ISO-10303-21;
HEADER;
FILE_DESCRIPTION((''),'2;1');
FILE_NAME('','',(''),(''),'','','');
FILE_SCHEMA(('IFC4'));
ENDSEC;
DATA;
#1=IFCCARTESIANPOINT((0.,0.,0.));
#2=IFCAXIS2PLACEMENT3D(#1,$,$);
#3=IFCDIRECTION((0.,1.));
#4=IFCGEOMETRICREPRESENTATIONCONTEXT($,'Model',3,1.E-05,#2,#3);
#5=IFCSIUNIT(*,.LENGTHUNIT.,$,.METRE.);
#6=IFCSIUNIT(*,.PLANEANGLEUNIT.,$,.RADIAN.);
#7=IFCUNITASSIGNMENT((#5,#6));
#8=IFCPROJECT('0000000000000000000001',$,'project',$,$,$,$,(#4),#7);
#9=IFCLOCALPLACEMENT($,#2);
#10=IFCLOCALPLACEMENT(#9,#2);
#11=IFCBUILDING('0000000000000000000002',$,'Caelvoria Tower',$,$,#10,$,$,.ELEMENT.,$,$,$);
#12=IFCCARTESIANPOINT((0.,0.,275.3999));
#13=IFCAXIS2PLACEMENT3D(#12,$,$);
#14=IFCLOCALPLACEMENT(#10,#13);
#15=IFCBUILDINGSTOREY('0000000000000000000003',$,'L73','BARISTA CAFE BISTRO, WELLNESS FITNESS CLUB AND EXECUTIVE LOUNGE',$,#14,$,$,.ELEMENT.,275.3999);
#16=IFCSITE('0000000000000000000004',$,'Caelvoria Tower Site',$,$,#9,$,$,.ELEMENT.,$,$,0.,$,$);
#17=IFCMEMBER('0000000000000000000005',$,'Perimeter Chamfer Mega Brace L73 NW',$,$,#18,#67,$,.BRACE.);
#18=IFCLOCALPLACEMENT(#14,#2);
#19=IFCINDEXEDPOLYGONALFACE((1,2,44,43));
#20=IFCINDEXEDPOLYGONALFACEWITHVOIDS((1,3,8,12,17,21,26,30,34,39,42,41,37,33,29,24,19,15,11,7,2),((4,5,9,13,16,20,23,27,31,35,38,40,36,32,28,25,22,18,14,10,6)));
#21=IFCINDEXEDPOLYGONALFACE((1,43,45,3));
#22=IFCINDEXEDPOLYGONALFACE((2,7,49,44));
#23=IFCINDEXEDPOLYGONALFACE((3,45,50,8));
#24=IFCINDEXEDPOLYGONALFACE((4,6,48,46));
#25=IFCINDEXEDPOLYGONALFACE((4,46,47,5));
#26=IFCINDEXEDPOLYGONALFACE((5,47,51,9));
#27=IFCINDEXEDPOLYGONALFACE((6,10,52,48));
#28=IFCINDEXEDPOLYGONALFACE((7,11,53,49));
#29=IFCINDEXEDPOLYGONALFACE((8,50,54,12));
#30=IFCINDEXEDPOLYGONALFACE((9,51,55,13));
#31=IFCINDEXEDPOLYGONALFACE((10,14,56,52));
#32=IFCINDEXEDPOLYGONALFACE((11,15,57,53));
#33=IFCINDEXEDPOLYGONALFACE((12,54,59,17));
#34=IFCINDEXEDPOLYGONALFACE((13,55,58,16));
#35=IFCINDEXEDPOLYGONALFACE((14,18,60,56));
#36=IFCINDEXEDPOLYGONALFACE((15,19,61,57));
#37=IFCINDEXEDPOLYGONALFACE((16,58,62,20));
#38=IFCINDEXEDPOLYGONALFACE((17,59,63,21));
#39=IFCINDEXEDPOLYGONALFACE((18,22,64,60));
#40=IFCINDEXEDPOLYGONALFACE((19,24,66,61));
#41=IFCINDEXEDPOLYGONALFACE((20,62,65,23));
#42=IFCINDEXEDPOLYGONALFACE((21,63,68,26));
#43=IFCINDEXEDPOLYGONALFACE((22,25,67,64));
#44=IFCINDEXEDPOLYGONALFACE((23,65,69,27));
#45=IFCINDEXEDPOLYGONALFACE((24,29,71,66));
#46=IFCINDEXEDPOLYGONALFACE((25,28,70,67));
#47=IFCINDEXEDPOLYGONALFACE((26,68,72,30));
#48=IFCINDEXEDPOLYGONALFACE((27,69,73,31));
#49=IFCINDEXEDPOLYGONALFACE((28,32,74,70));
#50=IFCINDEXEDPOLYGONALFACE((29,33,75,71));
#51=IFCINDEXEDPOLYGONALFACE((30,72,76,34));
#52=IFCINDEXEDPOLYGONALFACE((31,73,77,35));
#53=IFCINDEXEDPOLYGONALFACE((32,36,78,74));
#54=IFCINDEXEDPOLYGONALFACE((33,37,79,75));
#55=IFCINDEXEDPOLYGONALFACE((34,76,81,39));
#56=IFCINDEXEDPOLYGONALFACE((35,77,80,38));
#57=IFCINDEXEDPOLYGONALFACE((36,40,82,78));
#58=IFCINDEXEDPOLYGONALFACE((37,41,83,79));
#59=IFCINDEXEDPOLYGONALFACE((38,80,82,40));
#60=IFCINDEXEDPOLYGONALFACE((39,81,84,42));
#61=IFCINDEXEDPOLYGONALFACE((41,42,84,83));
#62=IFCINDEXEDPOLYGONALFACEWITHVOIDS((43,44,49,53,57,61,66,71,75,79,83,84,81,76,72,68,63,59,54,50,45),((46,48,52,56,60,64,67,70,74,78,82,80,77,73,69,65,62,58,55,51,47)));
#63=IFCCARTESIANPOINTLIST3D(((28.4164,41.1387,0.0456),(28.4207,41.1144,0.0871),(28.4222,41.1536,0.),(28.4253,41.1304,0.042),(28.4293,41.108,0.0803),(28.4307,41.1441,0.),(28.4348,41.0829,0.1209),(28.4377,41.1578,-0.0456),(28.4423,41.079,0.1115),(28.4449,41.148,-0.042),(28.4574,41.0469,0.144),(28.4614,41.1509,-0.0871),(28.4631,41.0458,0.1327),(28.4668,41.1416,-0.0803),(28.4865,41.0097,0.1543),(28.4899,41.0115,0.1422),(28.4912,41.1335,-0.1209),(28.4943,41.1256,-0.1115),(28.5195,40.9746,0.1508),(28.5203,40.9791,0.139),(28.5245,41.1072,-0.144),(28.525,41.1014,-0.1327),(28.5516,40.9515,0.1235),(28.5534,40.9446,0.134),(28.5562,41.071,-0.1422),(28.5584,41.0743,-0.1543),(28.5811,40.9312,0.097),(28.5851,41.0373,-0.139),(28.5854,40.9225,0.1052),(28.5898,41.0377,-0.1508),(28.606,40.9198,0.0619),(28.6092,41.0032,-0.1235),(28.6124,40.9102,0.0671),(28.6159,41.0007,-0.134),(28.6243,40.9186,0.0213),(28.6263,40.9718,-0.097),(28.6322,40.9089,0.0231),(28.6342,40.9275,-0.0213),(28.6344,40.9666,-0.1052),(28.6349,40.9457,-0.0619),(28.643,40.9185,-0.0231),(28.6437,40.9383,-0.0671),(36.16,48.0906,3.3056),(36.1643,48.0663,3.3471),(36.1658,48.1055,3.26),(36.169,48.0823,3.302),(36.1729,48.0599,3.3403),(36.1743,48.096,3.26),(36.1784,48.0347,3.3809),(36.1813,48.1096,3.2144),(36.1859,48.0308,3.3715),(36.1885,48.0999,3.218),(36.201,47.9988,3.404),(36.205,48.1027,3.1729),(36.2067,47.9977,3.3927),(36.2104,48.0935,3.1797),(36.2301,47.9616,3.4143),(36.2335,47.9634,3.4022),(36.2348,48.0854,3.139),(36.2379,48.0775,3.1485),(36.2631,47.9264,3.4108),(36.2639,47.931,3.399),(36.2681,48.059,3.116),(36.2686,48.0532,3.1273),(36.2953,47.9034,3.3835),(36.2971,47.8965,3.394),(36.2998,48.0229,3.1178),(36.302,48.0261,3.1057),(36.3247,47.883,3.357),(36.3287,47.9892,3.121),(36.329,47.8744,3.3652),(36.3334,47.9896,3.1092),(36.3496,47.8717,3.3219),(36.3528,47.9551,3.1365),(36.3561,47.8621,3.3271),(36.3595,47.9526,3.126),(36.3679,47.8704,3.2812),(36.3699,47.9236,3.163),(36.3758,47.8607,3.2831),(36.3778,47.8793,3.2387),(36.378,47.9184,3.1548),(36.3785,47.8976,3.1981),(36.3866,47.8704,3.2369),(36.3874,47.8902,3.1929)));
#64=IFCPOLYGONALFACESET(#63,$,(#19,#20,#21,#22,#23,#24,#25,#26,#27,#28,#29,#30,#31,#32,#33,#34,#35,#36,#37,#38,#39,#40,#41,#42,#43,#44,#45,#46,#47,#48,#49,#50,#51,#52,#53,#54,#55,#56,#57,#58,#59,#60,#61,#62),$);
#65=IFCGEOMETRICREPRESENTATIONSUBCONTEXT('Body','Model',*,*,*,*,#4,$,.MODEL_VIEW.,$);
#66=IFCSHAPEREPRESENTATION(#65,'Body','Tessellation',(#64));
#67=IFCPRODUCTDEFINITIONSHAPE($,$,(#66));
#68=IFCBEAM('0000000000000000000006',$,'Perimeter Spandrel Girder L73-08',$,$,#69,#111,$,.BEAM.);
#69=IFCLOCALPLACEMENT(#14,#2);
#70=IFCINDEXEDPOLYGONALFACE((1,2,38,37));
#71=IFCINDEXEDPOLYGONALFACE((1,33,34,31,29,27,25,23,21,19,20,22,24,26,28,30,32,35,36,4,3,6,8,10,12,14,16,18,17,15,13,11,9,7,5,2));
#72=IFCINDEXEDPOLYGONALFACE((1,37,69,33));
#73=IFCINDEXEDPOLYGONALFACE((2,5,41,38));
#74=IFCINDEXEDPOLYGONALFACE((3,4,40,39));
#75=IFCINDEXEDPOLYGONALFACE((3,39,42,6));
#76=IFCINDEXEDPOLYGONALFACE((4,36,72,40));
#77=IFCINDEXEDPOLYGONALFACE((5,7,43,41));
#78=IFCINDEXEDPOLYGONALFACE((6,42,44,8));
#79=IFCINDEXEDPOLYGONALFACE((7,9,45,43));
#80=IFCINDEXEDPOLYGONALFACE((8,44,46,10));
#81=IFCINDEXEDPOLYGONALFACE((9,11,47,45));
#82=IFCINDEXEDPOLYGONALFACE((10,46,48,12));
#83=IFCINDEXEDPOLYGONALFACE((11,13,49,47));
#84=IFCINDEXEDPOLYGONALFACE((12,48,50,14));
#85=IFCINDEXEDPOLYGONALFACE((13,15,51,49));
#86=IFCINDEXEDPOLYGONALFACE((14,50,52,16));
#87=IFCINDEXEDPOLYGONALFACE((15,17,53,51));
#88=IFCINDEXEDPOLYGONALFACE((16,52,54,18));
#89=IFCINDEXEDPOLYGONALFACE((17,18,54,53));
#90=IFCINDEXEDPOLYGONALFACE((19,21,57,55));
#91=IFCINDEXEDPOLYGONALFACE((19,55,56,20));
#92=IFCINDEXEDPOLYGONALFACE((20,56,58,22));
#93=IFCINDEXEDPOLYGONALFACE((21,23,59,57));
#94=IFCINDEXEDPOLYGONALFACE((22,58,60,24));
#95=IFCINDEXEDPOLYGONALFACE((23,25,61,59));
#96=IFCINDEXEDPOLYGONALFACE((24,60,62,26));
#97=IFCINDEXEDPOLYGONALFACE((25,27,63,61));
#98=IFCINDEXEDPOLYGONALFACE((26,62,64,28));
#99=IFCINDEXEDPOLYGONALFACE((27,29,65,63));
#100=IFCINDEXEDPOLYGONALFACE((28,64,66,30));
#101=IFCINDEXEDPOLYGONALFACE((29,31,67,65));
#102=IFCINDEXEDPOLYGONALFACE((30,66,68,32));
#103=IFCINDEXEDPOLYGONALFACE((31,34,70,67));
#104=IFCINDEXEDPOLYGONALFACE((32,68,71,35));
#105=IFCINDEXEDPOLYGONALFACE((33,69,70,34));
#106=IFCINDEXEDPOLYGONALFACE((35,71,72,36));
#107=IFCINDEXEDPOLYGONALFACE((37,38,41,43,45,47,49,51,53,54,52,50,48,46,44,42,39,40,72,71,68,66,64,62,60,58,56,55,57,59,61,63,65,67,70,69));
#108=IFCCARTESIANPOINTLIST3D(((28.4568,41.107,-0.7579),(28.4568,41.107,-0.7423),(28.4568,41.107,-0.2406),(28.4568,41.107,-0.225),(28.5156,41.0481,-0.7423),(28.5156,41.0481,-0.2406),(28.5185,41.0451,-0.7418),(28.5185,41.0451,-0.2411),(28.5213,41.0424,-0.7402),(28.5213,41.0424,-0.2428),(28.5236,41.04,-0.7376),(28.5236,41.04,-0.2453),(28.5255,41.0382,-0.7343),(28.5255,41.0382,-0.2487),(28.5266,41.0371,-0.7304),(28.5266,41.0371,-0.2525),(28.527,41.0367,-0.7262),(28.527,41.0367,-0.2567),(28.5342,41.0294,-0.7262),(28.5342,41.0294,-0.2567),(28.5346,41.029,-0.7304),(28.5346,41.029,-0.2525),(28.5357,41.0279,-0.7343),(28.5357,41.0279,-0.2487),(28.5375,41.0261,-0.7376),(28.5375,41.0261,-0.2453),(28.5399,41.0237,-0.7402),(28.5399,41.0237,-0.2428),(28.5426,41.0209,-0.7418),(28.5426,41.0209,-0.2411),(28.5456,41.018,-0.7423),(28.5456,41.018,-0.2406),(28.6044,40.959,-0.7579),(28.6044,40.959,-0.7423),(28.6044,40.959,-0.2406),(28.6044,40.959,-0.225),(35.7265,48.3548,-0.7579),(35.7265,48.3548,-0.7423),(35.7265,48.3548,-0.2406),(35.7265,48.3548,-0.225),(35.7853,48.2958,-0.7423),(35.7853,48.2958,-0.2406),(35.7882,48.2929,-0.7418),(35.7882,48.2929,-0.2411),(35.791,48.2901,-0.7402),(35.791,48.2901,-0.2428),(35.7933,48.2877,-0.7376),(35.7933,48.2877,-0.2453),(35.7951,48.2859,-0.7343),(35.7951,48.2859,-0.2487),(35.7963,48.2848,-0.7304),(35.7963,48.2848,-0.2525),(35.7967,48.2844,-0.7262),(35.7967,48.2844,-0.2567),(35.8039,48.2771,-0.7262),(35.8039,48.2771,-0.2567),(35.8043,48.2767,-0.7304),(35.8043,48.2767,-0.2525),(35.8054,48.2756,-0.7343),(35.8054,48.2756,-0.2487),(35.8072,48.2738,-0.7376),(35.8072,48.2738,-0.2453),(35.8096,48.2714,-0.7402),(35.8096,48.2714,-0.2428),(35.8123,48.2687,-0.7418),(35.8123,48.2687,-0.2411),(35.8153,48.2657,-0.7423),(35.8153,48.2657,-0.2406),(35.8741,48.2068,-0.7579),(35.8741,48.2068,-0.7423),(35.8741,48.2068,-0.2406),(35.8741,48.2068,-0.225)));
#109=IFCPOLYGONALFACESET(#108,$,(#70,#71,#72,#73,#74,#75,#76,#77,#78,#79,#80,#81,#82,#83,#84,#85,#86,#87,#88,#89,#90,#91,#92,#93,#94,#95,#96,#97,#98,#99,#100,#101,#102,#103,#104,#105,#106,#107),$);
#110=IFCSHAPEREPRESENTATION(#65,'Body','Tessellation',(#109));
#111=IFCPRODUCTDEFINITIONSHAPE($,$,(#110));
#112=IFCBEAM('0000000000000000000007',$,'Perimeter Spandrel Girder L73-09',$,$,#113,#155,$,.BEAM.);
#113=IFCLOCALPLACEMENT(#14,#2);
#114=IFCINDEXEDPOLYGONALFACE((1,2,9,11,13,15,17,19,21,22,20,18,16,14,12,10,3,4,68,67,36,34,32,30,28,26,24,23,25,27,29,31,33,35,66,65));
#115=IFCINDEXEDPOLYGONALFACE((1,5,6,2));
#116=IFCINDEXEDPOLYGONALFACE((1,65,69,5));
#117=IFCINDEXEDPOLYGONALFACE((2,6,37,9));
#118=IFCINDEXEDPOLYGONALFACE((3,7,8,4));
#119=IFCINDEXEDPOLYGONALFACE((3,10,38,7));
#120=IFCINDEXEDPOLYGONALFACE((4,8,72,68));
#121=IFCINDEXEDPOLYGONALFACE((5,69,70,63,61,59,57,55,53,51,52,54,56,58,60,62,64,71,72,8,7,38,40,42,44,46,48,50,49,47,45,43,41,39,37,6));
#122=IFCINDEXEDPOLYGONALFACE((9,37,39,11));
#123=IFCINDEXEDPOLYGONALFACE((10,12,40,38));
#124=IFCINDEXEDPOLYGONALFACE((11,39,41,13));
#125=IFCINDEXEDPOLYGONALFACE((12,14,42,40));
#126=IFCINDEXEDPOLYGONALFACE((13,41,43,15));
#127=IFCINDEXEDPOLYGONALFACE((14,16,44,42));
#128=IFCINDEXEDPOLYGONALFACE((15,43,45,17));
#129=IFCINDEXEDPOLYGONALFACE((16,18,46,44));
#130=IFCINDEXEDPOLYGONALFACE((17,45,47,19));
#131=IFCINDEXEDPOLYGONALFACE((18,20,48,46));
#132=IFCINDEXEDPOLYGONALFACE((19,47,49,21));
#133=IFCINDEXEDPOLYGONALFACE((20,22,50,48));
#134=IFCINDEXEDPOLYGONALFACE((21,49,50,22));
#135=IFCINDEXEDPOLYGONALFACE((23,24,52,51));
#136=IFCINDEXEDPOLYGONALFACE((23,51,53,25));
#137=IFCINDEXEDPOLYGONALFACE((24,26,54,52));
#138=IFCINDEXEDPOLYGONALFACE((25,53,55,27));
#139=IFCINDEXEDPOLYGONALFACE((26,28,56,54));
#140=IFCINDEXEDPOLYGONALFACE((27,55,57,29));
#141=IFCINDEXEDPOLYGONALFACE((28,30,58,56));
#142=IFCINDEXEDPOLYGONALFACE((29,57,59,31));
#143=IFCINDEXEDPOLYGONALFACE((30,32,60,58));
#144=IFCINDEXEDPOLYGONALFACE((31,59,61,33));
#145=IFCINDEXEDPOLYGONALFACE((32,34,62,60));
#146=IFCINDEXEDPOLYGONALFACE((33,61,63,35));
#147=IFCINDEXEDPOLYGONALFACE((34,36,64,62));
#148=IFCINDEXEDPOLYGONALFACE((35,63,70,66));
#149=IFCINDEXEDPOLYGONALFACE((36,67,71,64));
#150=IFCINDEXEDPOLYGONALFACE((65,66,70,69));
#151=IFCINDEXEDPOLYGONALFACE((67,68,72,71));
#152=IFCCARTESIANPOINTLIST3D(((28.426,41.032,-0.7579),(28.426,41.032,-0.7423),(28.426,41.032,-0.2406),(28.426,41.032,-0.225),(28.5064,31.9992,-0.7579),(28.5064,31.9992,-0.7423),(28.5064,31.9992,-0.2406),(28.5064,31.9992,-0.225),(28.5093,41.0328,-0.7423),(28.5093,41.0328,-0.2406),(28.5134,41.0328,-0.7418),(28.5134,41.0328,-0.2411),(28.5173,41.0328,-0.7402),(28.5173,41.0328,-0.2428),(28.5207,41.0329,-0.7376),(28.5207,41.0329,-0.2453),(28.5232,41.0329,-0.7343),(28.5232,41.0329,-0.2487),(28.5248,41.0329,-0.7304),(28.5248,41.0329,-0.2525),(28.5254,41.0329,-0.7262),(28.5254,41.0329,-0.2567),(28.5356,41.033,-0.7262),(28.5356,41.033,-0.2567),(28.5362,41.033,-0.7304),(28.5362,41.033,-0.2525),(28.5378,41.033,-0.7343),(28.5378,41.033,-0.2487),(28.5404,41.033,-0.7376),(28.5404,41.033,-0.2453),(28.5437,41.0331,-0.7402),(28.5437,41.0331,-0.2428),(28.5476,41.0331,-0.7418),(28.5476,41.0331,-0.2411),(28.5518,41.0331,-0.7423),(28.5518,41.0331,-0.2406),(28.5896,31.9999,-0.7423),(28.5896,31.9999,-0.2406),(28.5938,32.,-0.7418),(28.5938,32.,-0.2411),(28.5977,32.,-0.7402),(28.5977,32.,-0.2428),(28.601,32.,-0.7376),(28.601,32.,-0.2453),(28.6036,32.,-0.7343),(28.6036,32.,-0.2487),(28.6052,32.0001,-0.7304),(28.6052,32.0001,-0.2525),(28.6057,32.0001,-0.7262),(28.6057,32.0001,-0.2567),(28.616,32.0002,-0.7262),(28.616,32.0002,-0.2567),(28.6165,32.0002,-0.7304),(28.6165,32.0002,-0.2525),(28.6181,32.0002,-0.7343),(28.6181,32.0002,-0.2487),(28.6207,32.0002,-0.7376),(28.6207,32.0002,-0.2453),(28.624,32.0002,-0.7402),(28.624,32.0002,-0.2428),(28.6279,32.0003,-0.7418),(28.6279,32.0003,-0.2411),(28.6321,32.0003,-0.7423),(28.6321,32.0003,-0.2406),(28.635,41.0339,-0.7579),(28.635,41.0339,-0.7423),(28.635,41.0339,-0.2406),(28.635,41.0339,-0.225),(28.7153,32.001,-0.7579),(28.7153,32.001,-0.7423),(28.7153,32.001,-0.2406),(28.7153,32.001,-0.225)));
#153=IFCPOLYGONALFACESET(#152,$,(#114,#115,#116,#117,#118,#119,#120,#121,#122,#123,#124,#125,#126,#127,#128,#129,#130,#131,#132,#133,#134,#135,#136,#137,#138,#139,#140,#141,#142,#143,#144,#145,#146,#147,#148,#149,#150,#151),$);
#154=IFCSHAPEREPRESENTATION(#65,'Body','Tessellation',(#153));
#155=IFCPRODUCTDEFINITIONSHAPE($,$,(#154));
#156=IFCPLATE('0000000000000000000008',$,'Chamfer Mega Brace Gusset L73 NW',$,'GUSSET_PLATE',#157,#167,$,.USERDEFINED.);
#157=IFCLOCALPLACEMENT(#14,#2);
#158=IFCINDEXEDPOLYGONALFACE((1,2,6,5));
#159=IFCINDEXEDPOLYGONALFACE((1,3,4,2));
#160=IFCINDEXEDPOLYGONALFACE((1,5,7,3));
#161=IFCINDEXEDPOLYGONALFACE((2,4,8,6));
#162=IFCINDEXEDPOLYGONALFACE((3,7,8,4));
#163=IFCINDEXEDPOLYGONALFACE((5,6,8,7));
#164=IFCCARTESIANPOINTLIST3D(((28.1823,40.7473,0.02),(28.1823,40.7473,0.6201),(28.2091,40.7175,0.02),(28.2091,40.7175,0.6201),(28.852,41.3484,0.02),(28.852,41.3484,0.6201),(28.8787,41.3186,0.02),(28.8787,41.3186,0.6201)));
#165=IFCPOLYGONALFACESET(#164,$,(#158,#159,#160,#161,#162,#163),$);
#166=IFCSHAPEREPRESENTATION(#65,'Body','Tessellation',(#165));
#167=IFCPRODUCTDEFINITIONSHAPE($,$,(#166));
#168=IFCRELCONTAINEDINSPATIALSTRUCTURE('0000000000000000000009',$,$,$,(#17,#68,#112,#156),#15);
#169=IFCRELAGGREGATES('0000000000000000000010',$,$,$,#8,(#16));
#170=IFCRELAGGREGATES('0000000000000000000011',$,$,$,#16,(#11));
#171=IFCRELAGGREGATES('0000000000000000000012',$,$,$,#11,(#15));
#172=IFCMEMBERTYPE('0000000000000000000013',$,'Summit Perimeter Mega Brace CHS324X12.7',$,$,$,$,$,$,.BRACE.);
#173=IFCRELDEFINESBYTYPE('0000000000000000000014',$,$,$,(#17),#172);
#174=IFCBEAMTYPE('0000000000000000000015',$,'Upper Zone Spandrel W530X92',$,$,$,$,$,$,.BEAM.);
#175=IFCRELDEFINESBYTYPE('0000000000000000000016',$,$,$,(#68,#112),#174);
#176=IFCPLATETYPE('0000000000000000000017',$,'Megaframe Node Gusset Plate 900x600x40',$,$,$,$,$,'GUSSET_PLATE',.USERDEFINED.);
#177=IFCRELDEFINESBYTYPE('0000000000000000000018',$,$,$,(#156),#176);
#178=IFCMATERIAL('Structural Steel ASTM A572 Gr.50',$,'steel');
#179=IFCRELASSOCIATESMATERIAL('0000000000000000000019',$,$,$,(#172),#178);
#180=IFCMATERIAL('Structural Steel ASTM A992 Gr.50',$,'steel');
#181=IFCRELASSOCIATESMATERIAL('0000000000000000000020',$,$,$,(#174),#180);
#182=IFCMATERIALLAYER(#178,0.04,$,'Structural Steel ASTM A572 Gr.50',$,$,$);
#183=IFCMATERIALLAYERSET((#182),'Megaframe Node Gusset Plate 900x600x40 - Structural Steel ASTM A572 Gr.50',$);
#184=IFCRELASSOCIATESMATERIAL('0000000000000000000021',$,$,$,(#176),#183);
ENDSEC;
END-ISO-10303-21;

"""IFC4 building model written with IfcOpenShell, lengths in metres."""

from ifc_helpers import new_model, si_unit, direction, frame, origin, origin_2d, place, context, subcontext, project, spatial, rectangle, hollow_circle, i_section, extrude, material, layer, layer_set, material_profile, profile_set, type_object, element, save


model = new_model("IFC4")

# Units and contexts
model_context = context("Model", 3, precision=1e-05, world=origin(), true_north=direction((0.0, 1.0)))
body_context = subcontext(model_context, "Body", "Model", "MODEL_VIEW")
ifc_project = project(units=[si_unit("LENGTHUNIT", "METRE"), si_unit("PLANEANGLEUNIT", "RADIAN")], contexts=[model_context])

# Site, building, storey
site_placement = place(None, origin())
site = spatial("IfcSite", under=ifc_project, at=site_placement, Name="Caelvoria Tower Site", CompositionType="ELEMENT", RefElevation=0.0)
building_placement = place(site_placement, origin())
building = spatial("IfcBuilding", under=site, at=building_placement, Name="Caelvoria Tower", CompositionType="ELEMENT")
storey_placement = place(building_placement, frame((0.0, 0.0, 275.3999)))
storey = spatial("IfcBuildingStorey", under=building, at=storey_placement, Name="L73", Description="BARISTA CAFE BISTRO, WELLNESS FITNESS CLUB AND EXECUTIVE LOUNGE", CompositionType="ELEMENT", Elevation=275.3999)

# Shared definitions
ifc_material_1 = material(Name="Structural Steel ASTM A572 Gr.50", Category="steel")

# Shared definitions
ifc_material_2 = material(Name="Structural Steel ASTM A992 Gr.50", Category="steel")

# Member
ifc_material_profile_1 = material_profile(ifc_material_1, hollow_circle(Radius=0.1621, WallThickness=0.0127, at=origin_2d()), Name="Structural Steel ASTM A572 Gr.50")
ifc_profile_set_1 = profile_set([ifc_material_profile_1], Name="CHS324X12.7 - Structural Steel ASTM A572 Gr.50")
member_type = type_object("IfcMemberType", Name="Summit Perimeter Mega Brace CHS324X12.7", PredefinedType="BRACE", material=ifc_profile_set_1)
member_placement = place(storey_placement, frame((28.5305, 41.033, 0.0), z_axis=(0.710096, 0.637492, 0.298944), x_axis=(-0.668041, 0.744124, 0.0)))
element("IfcMember", 1, at=member_placement, inside=storey, type_object=member_type, Name="Perimeter Chamfer Mega Brace L73 NW", PredefinedType="BRACE", context=body_context, shape_type="SweptSolid", body=[
    extrude(hollow_circle(Radius=0.1621, WallThickness=0.0127, at=origin_2d()), origin(), (0.0, 0.0, 1.0), 10.905),
])

# Beams
ifc_material_profile_2 = material_profile(ifc_material_2, i_section(OverallWidth=0.209, OverallDepth=0.533, WebThickness=0.0103, FlangeThickness=0.0156, FilletRadius=0.0161, at=origin_2d()), Name="Structural Steel ASTM A992 Gr.50")
ifc_profile_set_2 = profile_set([ifc_material_profile_2], Name="W530X92 - Structural Steel ASTM A992 Gr.50")
beam_type_1 = type_object("IfcBeamType", Name="Upper Zone Spandrel W530X92", PredefinedType="BEAM", material=ifc_profile_set_2)
beam_1_placement = place(storey_placement, frame((35.8003, 48.2808, -0.4915), z_axis=(-0.708176, -0.706036, 0.0), x_axis=(0.706036, -0.708176, 0.0)))
element("IfcBeam", 2, at=beam_1_placement, inside=storey, type_object=beam_type_1, Name="Perimeter Spandrel Girder L73-08", PredefinedType="BEAM", context=body_context, shape_type="SweptSolid", body=[
    extrude(i_section(OverallWidth=0.209, OverallDepth=0.533, WebThickness=0.0103, FlangeThickness=0.0156, FilletRadius=0.0161, at=origin_2d()), origin(), (0.0, 0.0, 1.0), 10.2654),
])
beam_2_placement = place(storey_placement, frame((28.5305, 41.033, -0.4915), z_axis=(0.008892, -0.99996, 0.0), x_axis=(0.99996, 0.008892, 0.0)))
element("IfcBeam", 3, at=beam_2_placement, inside=storey, type_object=beam_type_1, Name="Perimeter Spandrel Girder L73-09", PredefinedType="BEAM", context=body_context, shape_type="SweptSolid", body=[
    extrude(i_section(OverallWidth=0.209, OverallDepth=0.533, WebThickness=0.0103, FlangeThickness=0.0156, FilletRadius=0.0161, at=origin_2d()), origin(), (0.0, 0.0, 1.0), 9.0332),
])

# Plate
ifc_layer_1 = layer(ifc_material_1, 0.04, Name="Structural Steel ASTM A572 Gr.50")
ifc_layer_set_1 = layer_set([ifc_layer_1], Name="Megaframe Node Gusset Plate 900x600x40 - Structural Steel ASTM A572 Gr.50")
plate_type = type_object("IfcPlateType", Name="Megaframe Node Gusset Plate 900x600x40", ElementType="GUSSET_PLATE", PredefinedType="USERDEFINED", material=ifc_layer_set_1)
plate_placement = place(storey_placement, frame((28.5305, 41.033, 0.02), z_axis=(0.0, 0.0, 1.0), x_axis=(0.744122, 0.668044, 0.0)))
element("IfcPlate", 4, at=plate_placement, inside=storey, type_object=plate_type, Name="Chamfer Mega Brace Gusset L73 NW", ObjectType="GUSSET_PLATE", PredefinedType="USERDEFINED", context=body_context, shape_type="SweptSolid", body=[
    extrude(rectangle(XDim=0.8999, YDim=0.04, at=origin_2d()), origin(), (0.0, 0.0, 1.0), 0.6001),
])

save(model, "model.ifc")
